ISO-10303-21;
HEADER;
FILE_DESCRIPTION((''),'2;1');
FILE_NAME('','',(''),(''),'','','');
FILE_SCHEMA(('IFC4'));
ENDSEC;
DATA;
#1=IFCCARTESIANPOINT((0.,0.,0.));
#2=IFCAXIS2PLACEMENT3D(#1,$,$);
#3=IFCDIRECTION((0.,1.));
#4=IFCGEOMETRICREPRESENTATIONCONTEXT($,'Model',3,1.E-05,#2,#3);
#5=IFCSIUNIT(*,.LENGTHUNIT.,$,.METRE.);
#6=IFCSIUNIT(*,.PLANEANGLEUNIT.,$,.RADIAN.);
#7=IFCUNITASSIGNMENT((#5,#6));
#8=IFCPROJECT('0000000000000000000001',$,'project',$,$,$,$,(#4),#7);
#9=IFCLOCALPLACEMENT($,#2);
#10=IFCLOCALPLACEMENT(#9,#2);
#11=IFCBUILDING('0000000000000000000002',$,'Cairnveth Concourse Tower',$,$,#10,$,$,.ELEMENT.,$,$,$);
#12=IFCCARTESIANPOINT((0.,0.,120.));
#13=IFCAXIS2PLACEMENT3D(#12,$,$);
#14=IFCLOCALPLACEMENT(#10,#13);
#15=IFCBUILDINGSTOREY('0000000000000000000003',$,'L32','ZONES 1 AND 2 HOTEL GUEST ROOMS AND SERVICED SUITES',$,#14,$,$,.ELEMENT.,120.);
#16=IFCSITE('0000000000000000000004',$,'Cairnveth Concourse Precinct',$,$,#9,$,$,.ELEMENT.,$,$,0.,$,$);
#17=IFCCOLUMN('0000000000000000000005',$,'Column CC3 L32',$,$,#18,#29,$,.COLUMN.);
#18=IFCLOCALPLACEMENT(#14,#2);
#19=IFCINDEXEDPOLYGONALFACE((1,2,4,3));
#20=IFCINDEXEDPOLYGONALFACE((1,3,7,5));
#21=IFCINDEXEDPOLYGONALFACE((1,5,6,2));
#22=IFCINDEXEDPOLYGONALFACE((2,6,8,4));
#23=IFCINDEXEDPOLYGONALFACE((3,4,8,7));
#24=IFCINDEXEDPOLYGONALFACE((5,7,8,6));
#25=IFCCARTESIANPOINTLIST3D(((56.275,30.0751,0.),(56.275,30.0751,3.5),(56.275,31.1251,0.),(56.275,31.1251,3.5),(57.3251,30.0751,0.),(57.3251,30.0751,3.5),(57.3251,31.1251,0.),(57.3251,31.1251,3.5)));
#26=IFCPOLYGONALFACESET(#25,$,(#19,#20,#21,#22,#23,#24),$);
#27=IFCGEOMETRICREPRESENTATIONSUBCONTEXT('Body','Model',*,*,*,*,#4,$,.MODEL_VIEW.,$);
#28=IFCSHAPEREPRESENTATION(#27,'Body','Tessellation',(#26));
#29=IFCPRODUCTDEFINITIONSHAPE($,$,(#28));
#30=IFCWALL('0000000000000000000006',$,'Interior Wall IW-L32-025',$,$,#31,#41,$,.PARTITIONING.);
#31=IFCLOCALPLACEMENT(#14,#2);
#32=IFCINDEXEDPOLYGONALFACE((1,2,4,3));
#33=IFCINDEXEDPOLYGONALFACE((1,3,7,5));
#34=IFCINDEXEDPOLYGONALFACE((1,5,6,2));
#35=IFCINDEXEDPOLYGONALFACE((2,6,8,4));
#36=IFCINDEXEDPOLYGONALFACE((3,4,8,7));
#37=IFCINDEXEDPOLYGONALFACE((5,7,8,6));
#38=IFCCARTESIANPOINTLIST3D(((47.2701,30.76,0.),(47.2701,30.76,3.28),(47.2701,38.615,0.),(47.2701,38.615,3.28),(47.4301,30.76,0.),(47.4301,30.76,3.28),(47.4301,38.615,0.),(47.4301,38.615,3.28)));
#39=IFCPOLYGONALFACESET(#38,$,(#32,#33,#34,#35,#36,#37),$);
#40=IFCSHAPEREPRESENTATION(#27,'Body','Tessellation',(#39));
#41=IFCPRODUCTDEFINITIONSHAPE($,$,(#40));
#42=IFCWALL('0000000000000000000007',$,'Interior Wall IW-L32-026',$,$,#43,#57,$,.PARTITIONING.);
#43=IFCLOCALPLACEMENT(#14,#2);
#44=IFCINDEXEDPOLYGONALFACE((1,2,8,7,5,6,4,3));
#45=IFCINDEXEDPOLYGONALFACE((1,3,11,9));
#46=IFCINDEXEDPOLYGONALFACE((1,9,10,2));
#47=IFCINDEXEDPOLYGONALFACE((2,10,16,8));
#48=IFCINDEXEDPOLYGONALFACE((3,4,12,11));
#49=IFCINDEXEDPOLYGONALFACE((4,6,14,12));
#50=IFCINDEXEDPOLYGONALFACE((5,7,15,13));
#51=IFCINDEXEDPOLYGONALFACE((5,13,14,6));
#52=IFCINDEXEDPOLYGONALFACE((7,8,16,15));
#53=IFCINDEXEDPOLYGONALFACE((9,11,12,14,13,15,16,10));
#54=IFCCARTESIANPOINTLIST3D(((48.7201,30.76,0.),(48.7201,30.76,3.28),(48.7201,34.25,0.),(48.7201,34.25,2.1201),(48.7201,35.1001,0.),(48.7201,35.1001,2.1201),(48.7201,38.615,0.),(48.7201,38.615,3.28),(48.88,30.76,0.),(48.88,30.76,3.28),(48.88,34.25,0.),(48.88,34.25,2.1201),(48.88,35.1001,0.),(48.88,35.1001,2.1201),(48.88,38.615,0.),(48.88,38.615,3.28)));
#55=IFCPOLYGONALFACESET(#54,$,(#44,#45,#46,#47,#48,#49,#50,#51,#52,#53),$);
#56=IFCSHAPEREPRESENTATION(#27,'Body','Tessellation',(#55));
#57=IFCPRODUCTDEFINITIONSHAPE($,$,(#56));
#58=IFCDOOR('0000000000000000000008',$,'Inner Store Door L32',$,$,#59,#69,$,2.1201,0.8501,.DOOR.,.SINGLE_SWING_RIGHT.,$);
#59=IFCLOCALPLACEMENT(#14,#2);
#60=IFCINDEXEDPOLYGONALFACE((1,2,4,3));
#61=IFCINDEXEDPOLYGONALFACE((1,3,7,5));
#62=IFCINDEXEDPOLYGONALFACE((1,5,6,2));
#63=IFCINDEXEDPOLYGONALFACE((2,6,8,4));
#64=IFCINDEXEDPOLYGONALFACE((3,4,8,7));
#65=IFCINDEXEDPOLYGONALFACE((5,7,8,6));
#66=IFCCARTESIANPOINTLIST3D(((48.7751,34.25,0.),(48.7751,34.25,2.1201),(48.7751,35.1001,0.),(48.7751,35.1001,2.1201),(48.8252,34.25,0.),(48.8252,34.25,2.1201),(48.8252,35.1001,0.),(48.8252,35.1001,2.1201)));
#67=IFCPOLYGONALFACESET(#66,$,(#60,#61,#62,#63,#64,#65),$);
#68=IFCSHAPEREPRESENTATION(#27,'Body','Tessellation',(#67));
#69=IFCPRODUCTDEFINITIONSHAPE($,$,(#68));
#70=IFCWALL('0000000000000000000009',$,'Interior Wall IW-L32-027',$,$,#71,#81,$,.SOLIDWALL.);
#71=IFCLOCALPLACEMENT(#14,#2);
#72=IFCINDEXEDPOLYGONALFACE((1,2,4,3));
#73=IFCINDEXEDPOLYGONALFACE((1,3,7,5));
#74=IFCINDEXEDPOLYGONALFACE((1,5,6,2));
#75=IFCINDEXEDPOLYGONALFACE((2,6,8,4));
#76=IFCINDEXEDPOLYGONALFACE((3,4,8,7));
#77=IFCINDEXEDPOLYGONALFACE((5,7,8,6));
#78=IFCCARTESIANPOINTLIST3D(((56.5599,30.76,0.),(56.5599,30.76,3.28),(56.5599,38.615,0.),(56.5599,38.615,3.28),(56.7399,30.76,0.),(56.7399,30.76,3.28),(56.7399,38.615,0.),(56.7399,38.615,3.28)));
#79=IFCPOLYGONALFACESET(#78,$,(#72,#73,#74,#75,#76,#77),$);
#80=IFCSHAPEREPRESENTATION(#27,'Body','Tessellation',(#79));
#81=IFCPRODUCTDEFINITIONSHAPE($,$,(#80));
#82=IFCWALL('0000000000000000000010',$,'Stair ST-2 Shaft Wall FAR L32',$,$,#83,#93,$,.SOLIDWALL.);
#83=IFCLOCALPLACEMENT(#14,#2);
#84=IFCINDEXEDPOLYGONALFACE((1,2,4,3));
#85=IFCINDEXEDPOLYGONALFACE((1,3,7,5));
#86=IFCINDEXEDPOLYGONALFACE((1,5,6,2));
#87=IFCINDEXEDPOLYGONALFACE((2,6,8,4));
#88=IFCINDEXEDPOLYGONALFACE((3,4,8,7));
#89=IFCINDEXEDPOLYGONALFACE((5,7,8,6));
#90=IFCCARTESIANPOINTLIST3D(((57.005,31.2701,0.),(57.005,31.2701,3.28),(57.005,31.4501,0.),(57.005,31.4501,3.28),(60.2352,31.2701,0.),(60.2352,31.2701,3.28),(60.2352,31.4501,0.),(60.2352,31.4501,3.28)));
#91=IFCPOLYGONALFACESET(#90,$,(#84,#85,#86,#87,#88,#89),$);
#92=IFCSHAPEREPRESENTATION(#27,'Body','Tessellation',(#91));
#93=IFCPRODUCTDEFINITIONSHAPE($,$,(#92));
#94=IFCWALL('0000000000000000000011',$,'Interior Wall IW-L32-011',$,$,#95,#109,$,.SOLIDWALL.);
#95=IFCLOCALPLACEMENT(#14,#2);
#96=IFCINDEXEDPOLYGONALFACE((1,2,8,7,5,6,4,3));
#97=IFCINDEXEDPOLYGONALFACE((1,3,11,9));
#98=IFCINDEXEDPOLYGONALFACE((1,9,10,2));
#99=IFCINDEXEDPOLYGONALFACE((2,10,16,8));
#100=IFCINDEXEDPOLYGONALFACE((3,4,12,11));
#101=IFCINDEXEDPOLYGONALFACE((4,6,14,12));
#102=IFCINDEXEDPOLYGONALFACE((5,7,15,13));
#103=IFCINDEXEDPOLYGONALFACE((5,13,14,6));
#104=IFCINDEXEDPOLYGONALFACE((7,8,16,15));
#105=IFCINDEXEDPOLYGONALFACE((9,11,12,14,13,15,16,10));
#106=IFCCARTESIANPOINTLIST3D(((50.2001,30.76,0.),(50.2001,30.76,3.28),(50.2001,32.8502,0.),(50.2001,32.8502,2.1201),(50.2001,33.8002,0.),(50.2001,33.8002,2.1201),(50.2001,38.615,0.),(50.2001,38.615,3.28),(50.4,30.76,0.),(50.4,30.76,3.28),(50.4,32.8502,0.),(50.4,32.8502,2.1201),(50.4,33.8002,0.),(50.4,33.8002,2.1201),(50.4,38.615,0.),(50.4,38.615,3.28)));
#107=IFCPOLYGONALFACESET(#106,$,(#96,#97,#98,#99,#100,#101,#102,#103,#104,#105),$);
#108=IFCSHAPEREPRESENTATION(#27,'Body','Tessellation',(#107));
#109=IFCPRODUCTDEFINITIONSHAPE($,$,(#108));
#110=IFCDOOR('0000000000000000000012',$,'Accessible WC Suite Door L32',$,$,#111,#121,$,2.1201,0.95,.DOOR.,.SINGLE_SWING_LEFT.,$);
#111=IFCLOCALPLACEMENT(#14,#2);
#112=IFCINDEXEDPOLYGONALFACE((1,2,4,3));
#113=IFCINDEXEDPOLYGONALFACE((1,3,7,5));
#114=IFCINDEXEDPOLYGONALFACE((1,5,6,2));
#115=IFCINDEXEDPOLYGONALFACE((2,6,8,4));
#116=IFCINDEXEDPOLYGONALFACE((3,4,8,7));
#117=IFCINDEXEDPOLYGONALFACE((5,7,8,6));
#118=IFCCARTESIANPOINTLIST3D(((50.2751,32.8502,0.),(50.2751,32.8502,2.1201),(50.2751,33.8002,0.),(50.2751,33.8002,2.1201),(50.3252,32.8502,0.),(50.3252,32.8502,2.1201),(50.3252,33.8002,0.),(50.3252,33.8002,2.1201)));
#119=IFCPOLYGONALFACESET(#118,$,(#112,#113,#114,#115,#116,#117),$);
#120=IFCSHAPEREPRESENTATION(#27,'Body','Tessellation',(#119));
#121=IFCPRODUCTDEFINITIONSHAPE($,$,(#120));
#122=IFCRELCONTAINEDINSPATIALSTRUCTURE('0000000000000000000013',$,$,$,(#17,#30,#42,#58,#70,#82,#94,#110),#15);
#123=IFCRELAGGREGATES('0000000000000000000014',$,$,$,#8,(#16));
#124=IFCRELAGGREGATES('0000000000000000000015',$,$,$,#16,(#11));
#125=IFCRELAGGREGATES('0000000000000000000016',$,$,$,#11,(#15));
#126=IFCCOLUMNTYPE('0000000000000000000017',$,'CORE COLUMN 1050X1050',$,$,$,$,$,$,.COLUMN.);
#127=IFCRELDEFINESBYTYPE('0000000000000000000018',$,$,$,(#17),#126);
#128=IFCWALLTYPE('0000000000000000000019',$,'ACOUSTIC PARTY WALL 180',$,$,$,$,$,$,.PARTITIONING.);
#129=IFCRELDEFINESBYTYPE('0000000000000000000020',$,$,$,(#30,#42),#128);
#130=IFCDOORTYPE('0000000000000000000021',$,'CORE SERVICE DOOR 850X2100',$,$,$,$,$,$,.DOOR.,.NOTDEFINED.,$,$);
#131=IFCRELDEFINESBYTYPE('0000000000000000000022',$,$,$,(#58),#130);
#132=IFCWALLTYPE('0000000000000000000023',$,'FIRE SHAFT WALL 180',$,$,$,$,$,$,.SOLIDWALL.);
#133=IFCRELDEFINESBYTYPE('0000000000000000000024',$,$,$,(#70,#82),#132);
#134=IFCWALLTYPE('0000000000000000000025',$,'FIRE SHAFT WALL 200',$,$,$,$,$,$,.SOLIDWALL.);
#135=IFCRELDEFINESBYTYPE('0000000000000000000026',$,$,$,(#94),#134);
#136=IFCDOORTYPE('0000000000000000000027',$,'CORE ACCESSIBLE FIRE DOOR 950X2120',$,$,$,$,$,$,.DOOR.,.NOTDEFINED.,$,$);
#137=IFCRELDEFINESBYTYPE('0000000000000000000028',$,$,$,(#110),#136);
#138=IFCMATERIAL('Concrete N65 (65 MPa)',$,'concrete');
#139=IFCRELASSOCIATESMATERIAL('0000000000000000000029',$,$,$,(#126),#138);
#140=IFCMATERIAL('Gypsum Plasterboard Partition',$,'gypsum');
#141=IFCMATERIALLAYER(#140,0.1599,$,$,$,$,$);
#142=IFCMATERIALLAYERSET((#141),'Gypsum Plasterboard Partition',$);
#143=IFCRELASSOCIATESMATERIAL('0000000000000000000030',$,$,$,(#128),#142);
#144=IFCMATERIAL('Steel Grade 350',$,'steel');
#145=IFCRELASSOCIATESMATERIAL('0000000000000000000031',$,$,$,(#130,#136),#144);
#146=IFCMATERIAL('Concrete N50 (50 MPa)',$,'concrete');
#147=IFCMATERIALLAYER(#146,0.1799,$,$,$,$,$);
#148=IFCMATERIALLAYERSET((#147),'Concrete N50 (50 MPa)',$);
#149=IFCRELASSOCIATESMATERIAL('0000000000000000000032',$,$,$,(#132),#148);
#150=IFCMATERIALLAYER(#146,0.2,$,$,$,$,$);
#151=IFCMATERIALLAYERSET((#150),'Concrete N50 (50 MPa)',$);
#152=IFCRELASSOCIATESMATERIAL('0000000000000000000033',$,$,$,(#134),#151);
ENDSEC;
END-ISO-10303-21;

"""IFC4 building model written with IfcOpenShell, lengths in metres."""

from ifc_helpers import new_model, si_unit, direction, frame, frame_2d, origin, origin_2d, place, context, subcontext, project, spatial, rectangle, extrude, material, layer, layer_set, material_profile, profile_set, type_object, element, fill, save


model = new_model("IFC4")

# Units and contexts
model_context = context("Model", 3, precision=1e-05, world=origin(), true_north=direction((0.0, 1.0)))
body_context = subcontext(model_context, "Body", "Model", "MODEL_VIEW")
ifc_project = project(units=[si_unit("LENGTHUNIT", "METRE"), si_unit("PLANEANGLEUNIT", "RADIAN")], contexts=[model_context])

# Site, building, storey
site_placement = place(None, origin())
site = spatial("IfcSite", under=ifc_project, at=site_placement, Name="Cairnveth Concourse Precinct", CompositionType="ELEMENT", RefElevation=0.0)
building_placement = place(site_placement, origin())
building = spatial("IfcBuilding", under=site, at=building_placement, Name="Cairnveth Concourse Tower", CompositionType="ELEMENT")
storey_placement = place(building_placement, frame((0.0, 0.0, 120.0)))
storey = spatial("IfcBuildingStorey", under=building, at=storey_placement, Name="L32", Description="ZONES 1 AND 2 HOTEL GUEST ROOMS AND SERVICED SUITES", CompositionType="ELEMENT", Elevation=120.0)

# Column
ifc_material_1 = material(Name="Concrete N65 (65 MPa)", Category="concrete")
ifc_material_profile = material_profile(ifc_material_1, rectangle(XDim=1.05, YDim=1.05, at=origin_2d()), Name="RC-COL-1050x1050")
ifc_profile_set = profile_set([ifc_material_profile], Name="Concrete N65 (65 MPa)")
column_type = type_object("IfcColumnType", Name="CORE COLUMN 1050X1050", PredefinedType="COLUMN", material=ifc_profile_set)
column_placement = place(storey_placement, frame((56.8, 30.6001, 0.0), z_axis=(0.0, 0.0, 1.0), x_axis=(1.0, 0.0, 0.0)))
element("IfcColumn", 1, at=column_placement, inside=storey, type_object=column_type, Name="Column CC3 L32", PredefinedType="COLUMN", context=body_context, shape_type="SweptSolid", body=[
    extrude(rectangle(XDim=1.05, YDim=1.05, at=origin_2d()), origin(), (0.0, 0.0, 1.0), 3.5),
])

# Wall
ifc_material_2 = material(Name="Gypsum Plasterboard Partition", Category="gypsum")
ifc_layer_1 = layer(ifc_material_2, 0.1599)
ifc_layer_set_1 = layer_set([ifc_layer_1], Name="Gypsum Plasterboard Partition")
wall_type_1 = type_object("IfcWallType", Name="ACOUSTIC PARTY WALL 180", PredefinedType="PARTITIONING", material=ifc_layer_set_1)
wall_1_placement = place(storey_placement, frame((47.3501, 30.76, 0.0), z_axis=(0.0, 0.0, 1.0), x_axis=(0.0, 1.0, 0.0)))
element("IfcWall", 2, at=wall_1_placement, inside=storey, type_object=wall_type_1, Name="Interior Wall IW-L32-025", PredefinedType="PARTITIONING", context=body_context, shape_type="SweptSolid", body=[
    extrude(rectangle(XDim=7.855, YDim=0.1599, at=frame_2d((3.9275, 0.0))), origin(), (0.0, 0.0, 1.0), 3.28),
])

# Wall, opening, door
wall_2_placement = place(storey_placement, frame((48.8, 30.76, 0.0), z_axis=(0.0, 0.0, 1.0), x_axis=(0.0, 1.0, 0.0)))
wall_2 = element("IfcWall", 3, at=wall_2_placement, inside=storey, type_object=wall_type_1, Name="Interior Wall IW-L32-026", PredefinedType="PARTITIONING", context=body_context, shape_type="SweptSolid", body=[
    extrude(rectangle(XDim=7.855, YDim=0.1599, at=frame_2d((3.9275, 0.0))), origin(), (0.0, 0.0, 1.0), 3.28),
])
opening_1_placement = place(wall_2_placement, frame((3.49, 0.0, 0.0)))
opening_1 = element("IfcOpeningElement", 4, at=opening_1_placement, cuts=wall_2, PredefinedType="OPENING", context=body_context, shape_type="SweptSolid", body=[
    extrude(rectangle(XDim=0.8501, YDim=2.1201, at=frame_2d((0.425, 1.0601))), frame((0.0, 0.0898, 0.0), z_axis=(0.0, -1.0, 0.0), x_axis=(1.0, 0.0, 0.0)), (0.0, 0.0, 1.0), 0.1799),
])
ifc_material_3 = material(Name="Steel Grade 350", Category="steel")
door_type_1 = type_object("IfcDoorType", Name="CORE SERVICE DOOR 850X2100", OperationType="NOTDEFINED", PredefinedType="DOOR", material=ifc_material_3)
door_1_placement = place(opening_1_placement, origin())
door_1 = element("IfcDoor", 5, at=door_1_placement, inside=storey, type_object=door_type_1, Name="Inner Store Door L32", OperationType="SINGLE_SWING_RIGHT", OverallHeight=2.1201, OverallWidth=0.8501, PredefinedType="DOOR", context=body_context, shape_type="SweptSolid", body=[
    extrude(rectangle(XDim=0.8501, YDim=2.1201, at=frame_2d((0.425, 1.0601))), frame((0.0, 0.0249, 0.0), z_axis=(0.0, -1.0, 0.0), x_axis=(1.0, 0.0, 0.0)), (0.0, 0.0, 1.0), 0.05),
])
fill(opening_1, door_1)

# Walls
ifc_material_4 = material(Name="Concrete N50 (50 MPa)", Category="concrete")
ifc_layer_2 = layer(ifc_material_4, 0.1799)
ifc_layer_set_2 = layer_set([ifc_layer_2], Name="Concrete N50 (50 MPa)")
wall_type_2 = type_object("IfcWallType", Name="FIRE SHAFT WALL 180", PredefinedType="SOLIDWALL", material=ifc_layer_set_2)
wall_3_placement = place(storey_placement, frame((56.6499, 30.76, 0.0), z_axis=(0.0, 0.0, 1.0), x_axis=(0.0, 1.0, 0.0)))
element("IfcWall", 6, at=wall_3_placement, inside=storey, type_object=wall_type_2, Name="Interior Wall IW-L32-027", PredefinedType="SOLIDWALL", context=body_context, shape_type="SweptSolid", body=[
    extrude(rectangle(XDim=7.855, YDim=0.1799, at=frame_2d((3.9275, 0.0))), origin(), (0.0, 0.0, 1.0), 3.28),
])
wall_4_placement = place(storey_placement, frame((57.0049, 31.3601, 0.0), z_axis=(0.0, 0.0, 1.0), x_axis=(1.0, 0.0, 0.0)))
element("IfcWall", 7, at=wall_4_placement, inside=storey, type_object=wall_type_2, Name="Stair ST-2 Shaft Wall FAR L32", PredefinedType="SOLIDWALL", context=body_context, shape_type="SweptSolid", body=[
    extrude(rectangle(XDim=3.2302, YDim=0.1799, at=frame_2d((1.6152, 0.0))), origin(), (0.0, 0.0, 1.0), 3.28),
])

# Wall, opening, door
ifc_layer_3 = layer(ifc_material_4, 0.2)
ifc_layer_set_3 = layer_set([ifc_layer_3], Name="Concrete N50 (50 MPa)")
wall_type_3 = type_object("IfcWallType", Name="FIRE SHAFT WALL 200", PredefinedType="SOLIDWALL", material=ifc_layer_set_3)
wall_5_placement = place(storey_placement, frame((50.3, 30.76, 0.0), z_axis=(0.0, 0.0, 1.0), x_axis=(0.0, 1.0, 0.0)))
wall_5 = element("IfcWall", 8, at=wall_5_placement, inside=storey, type_object=wall_type_3, Name="Interior Wall IW-L32-011", PredefinedType="SOLIDWALL", context=body_context, shape_type="SweptSolid", body=[
    extrude(rectangle(XDim=7.855, YDim=0.2, at=frame_2d((3.9275, 0.0))), origin(), (0.0, 0.0, 1.0), 3.28),
])
opening_2_placement = place(wall_5_placement, frame((2.0901, 0.0, 0.0)))
opening_2 = element("IfcOpeningElement", 9, at=opening_2_placement, cuts=wall_5, PredefinedType="OPENING", context=body_context, shape_type="SweptSolid", body=[
    extrude(rectangle(XDim=0.95, YDim=2.1201, at=frame_2d((0.4751, 1.0601))), frame((0.0, 0.1099, 0.0), z_axis=(0.0, -1.0, 0.0), x_axis=(1.0, 0.0, 0.0)), (0.0, 0.0, 1.0), 0.22),
])
door_type_2 = type_object("IfcDoorType", Name="CORE ACCESSIBLE FIRE DOOR 950X2120", OperationType="NOTDEFINED", PredefinedType="DOOR", material=ifc_material_3)
door_2_placement = place(opening_2_placement, origin())
door_2 = element("IfcDoor", 10, at=door_2_placement, inside=storey, type_object=door_type_2, Name="Accessible WC Suite Door L32", OperationType="SINGLE_SWING_LEFT", OverallHeight=2.1201, OverallWidth=0.95, PredefinedType="DOOR", context=body_context, shape_type="SweptSolid", body=[
    extrude(rectangle(XDim=0.95, YDim=2.1201, at=frame_2d((0.4751, 1.0601))), frame((0.0, 0.0249, 0.0), z_axis=(0.0, -1.0, 0.0), x_axis=(1.0, 0.0, 0.0)), (0.0, 0.0, 1.0), 0.05),
])
fill(opening_2, door_2)

save(model, "model.ifc")
